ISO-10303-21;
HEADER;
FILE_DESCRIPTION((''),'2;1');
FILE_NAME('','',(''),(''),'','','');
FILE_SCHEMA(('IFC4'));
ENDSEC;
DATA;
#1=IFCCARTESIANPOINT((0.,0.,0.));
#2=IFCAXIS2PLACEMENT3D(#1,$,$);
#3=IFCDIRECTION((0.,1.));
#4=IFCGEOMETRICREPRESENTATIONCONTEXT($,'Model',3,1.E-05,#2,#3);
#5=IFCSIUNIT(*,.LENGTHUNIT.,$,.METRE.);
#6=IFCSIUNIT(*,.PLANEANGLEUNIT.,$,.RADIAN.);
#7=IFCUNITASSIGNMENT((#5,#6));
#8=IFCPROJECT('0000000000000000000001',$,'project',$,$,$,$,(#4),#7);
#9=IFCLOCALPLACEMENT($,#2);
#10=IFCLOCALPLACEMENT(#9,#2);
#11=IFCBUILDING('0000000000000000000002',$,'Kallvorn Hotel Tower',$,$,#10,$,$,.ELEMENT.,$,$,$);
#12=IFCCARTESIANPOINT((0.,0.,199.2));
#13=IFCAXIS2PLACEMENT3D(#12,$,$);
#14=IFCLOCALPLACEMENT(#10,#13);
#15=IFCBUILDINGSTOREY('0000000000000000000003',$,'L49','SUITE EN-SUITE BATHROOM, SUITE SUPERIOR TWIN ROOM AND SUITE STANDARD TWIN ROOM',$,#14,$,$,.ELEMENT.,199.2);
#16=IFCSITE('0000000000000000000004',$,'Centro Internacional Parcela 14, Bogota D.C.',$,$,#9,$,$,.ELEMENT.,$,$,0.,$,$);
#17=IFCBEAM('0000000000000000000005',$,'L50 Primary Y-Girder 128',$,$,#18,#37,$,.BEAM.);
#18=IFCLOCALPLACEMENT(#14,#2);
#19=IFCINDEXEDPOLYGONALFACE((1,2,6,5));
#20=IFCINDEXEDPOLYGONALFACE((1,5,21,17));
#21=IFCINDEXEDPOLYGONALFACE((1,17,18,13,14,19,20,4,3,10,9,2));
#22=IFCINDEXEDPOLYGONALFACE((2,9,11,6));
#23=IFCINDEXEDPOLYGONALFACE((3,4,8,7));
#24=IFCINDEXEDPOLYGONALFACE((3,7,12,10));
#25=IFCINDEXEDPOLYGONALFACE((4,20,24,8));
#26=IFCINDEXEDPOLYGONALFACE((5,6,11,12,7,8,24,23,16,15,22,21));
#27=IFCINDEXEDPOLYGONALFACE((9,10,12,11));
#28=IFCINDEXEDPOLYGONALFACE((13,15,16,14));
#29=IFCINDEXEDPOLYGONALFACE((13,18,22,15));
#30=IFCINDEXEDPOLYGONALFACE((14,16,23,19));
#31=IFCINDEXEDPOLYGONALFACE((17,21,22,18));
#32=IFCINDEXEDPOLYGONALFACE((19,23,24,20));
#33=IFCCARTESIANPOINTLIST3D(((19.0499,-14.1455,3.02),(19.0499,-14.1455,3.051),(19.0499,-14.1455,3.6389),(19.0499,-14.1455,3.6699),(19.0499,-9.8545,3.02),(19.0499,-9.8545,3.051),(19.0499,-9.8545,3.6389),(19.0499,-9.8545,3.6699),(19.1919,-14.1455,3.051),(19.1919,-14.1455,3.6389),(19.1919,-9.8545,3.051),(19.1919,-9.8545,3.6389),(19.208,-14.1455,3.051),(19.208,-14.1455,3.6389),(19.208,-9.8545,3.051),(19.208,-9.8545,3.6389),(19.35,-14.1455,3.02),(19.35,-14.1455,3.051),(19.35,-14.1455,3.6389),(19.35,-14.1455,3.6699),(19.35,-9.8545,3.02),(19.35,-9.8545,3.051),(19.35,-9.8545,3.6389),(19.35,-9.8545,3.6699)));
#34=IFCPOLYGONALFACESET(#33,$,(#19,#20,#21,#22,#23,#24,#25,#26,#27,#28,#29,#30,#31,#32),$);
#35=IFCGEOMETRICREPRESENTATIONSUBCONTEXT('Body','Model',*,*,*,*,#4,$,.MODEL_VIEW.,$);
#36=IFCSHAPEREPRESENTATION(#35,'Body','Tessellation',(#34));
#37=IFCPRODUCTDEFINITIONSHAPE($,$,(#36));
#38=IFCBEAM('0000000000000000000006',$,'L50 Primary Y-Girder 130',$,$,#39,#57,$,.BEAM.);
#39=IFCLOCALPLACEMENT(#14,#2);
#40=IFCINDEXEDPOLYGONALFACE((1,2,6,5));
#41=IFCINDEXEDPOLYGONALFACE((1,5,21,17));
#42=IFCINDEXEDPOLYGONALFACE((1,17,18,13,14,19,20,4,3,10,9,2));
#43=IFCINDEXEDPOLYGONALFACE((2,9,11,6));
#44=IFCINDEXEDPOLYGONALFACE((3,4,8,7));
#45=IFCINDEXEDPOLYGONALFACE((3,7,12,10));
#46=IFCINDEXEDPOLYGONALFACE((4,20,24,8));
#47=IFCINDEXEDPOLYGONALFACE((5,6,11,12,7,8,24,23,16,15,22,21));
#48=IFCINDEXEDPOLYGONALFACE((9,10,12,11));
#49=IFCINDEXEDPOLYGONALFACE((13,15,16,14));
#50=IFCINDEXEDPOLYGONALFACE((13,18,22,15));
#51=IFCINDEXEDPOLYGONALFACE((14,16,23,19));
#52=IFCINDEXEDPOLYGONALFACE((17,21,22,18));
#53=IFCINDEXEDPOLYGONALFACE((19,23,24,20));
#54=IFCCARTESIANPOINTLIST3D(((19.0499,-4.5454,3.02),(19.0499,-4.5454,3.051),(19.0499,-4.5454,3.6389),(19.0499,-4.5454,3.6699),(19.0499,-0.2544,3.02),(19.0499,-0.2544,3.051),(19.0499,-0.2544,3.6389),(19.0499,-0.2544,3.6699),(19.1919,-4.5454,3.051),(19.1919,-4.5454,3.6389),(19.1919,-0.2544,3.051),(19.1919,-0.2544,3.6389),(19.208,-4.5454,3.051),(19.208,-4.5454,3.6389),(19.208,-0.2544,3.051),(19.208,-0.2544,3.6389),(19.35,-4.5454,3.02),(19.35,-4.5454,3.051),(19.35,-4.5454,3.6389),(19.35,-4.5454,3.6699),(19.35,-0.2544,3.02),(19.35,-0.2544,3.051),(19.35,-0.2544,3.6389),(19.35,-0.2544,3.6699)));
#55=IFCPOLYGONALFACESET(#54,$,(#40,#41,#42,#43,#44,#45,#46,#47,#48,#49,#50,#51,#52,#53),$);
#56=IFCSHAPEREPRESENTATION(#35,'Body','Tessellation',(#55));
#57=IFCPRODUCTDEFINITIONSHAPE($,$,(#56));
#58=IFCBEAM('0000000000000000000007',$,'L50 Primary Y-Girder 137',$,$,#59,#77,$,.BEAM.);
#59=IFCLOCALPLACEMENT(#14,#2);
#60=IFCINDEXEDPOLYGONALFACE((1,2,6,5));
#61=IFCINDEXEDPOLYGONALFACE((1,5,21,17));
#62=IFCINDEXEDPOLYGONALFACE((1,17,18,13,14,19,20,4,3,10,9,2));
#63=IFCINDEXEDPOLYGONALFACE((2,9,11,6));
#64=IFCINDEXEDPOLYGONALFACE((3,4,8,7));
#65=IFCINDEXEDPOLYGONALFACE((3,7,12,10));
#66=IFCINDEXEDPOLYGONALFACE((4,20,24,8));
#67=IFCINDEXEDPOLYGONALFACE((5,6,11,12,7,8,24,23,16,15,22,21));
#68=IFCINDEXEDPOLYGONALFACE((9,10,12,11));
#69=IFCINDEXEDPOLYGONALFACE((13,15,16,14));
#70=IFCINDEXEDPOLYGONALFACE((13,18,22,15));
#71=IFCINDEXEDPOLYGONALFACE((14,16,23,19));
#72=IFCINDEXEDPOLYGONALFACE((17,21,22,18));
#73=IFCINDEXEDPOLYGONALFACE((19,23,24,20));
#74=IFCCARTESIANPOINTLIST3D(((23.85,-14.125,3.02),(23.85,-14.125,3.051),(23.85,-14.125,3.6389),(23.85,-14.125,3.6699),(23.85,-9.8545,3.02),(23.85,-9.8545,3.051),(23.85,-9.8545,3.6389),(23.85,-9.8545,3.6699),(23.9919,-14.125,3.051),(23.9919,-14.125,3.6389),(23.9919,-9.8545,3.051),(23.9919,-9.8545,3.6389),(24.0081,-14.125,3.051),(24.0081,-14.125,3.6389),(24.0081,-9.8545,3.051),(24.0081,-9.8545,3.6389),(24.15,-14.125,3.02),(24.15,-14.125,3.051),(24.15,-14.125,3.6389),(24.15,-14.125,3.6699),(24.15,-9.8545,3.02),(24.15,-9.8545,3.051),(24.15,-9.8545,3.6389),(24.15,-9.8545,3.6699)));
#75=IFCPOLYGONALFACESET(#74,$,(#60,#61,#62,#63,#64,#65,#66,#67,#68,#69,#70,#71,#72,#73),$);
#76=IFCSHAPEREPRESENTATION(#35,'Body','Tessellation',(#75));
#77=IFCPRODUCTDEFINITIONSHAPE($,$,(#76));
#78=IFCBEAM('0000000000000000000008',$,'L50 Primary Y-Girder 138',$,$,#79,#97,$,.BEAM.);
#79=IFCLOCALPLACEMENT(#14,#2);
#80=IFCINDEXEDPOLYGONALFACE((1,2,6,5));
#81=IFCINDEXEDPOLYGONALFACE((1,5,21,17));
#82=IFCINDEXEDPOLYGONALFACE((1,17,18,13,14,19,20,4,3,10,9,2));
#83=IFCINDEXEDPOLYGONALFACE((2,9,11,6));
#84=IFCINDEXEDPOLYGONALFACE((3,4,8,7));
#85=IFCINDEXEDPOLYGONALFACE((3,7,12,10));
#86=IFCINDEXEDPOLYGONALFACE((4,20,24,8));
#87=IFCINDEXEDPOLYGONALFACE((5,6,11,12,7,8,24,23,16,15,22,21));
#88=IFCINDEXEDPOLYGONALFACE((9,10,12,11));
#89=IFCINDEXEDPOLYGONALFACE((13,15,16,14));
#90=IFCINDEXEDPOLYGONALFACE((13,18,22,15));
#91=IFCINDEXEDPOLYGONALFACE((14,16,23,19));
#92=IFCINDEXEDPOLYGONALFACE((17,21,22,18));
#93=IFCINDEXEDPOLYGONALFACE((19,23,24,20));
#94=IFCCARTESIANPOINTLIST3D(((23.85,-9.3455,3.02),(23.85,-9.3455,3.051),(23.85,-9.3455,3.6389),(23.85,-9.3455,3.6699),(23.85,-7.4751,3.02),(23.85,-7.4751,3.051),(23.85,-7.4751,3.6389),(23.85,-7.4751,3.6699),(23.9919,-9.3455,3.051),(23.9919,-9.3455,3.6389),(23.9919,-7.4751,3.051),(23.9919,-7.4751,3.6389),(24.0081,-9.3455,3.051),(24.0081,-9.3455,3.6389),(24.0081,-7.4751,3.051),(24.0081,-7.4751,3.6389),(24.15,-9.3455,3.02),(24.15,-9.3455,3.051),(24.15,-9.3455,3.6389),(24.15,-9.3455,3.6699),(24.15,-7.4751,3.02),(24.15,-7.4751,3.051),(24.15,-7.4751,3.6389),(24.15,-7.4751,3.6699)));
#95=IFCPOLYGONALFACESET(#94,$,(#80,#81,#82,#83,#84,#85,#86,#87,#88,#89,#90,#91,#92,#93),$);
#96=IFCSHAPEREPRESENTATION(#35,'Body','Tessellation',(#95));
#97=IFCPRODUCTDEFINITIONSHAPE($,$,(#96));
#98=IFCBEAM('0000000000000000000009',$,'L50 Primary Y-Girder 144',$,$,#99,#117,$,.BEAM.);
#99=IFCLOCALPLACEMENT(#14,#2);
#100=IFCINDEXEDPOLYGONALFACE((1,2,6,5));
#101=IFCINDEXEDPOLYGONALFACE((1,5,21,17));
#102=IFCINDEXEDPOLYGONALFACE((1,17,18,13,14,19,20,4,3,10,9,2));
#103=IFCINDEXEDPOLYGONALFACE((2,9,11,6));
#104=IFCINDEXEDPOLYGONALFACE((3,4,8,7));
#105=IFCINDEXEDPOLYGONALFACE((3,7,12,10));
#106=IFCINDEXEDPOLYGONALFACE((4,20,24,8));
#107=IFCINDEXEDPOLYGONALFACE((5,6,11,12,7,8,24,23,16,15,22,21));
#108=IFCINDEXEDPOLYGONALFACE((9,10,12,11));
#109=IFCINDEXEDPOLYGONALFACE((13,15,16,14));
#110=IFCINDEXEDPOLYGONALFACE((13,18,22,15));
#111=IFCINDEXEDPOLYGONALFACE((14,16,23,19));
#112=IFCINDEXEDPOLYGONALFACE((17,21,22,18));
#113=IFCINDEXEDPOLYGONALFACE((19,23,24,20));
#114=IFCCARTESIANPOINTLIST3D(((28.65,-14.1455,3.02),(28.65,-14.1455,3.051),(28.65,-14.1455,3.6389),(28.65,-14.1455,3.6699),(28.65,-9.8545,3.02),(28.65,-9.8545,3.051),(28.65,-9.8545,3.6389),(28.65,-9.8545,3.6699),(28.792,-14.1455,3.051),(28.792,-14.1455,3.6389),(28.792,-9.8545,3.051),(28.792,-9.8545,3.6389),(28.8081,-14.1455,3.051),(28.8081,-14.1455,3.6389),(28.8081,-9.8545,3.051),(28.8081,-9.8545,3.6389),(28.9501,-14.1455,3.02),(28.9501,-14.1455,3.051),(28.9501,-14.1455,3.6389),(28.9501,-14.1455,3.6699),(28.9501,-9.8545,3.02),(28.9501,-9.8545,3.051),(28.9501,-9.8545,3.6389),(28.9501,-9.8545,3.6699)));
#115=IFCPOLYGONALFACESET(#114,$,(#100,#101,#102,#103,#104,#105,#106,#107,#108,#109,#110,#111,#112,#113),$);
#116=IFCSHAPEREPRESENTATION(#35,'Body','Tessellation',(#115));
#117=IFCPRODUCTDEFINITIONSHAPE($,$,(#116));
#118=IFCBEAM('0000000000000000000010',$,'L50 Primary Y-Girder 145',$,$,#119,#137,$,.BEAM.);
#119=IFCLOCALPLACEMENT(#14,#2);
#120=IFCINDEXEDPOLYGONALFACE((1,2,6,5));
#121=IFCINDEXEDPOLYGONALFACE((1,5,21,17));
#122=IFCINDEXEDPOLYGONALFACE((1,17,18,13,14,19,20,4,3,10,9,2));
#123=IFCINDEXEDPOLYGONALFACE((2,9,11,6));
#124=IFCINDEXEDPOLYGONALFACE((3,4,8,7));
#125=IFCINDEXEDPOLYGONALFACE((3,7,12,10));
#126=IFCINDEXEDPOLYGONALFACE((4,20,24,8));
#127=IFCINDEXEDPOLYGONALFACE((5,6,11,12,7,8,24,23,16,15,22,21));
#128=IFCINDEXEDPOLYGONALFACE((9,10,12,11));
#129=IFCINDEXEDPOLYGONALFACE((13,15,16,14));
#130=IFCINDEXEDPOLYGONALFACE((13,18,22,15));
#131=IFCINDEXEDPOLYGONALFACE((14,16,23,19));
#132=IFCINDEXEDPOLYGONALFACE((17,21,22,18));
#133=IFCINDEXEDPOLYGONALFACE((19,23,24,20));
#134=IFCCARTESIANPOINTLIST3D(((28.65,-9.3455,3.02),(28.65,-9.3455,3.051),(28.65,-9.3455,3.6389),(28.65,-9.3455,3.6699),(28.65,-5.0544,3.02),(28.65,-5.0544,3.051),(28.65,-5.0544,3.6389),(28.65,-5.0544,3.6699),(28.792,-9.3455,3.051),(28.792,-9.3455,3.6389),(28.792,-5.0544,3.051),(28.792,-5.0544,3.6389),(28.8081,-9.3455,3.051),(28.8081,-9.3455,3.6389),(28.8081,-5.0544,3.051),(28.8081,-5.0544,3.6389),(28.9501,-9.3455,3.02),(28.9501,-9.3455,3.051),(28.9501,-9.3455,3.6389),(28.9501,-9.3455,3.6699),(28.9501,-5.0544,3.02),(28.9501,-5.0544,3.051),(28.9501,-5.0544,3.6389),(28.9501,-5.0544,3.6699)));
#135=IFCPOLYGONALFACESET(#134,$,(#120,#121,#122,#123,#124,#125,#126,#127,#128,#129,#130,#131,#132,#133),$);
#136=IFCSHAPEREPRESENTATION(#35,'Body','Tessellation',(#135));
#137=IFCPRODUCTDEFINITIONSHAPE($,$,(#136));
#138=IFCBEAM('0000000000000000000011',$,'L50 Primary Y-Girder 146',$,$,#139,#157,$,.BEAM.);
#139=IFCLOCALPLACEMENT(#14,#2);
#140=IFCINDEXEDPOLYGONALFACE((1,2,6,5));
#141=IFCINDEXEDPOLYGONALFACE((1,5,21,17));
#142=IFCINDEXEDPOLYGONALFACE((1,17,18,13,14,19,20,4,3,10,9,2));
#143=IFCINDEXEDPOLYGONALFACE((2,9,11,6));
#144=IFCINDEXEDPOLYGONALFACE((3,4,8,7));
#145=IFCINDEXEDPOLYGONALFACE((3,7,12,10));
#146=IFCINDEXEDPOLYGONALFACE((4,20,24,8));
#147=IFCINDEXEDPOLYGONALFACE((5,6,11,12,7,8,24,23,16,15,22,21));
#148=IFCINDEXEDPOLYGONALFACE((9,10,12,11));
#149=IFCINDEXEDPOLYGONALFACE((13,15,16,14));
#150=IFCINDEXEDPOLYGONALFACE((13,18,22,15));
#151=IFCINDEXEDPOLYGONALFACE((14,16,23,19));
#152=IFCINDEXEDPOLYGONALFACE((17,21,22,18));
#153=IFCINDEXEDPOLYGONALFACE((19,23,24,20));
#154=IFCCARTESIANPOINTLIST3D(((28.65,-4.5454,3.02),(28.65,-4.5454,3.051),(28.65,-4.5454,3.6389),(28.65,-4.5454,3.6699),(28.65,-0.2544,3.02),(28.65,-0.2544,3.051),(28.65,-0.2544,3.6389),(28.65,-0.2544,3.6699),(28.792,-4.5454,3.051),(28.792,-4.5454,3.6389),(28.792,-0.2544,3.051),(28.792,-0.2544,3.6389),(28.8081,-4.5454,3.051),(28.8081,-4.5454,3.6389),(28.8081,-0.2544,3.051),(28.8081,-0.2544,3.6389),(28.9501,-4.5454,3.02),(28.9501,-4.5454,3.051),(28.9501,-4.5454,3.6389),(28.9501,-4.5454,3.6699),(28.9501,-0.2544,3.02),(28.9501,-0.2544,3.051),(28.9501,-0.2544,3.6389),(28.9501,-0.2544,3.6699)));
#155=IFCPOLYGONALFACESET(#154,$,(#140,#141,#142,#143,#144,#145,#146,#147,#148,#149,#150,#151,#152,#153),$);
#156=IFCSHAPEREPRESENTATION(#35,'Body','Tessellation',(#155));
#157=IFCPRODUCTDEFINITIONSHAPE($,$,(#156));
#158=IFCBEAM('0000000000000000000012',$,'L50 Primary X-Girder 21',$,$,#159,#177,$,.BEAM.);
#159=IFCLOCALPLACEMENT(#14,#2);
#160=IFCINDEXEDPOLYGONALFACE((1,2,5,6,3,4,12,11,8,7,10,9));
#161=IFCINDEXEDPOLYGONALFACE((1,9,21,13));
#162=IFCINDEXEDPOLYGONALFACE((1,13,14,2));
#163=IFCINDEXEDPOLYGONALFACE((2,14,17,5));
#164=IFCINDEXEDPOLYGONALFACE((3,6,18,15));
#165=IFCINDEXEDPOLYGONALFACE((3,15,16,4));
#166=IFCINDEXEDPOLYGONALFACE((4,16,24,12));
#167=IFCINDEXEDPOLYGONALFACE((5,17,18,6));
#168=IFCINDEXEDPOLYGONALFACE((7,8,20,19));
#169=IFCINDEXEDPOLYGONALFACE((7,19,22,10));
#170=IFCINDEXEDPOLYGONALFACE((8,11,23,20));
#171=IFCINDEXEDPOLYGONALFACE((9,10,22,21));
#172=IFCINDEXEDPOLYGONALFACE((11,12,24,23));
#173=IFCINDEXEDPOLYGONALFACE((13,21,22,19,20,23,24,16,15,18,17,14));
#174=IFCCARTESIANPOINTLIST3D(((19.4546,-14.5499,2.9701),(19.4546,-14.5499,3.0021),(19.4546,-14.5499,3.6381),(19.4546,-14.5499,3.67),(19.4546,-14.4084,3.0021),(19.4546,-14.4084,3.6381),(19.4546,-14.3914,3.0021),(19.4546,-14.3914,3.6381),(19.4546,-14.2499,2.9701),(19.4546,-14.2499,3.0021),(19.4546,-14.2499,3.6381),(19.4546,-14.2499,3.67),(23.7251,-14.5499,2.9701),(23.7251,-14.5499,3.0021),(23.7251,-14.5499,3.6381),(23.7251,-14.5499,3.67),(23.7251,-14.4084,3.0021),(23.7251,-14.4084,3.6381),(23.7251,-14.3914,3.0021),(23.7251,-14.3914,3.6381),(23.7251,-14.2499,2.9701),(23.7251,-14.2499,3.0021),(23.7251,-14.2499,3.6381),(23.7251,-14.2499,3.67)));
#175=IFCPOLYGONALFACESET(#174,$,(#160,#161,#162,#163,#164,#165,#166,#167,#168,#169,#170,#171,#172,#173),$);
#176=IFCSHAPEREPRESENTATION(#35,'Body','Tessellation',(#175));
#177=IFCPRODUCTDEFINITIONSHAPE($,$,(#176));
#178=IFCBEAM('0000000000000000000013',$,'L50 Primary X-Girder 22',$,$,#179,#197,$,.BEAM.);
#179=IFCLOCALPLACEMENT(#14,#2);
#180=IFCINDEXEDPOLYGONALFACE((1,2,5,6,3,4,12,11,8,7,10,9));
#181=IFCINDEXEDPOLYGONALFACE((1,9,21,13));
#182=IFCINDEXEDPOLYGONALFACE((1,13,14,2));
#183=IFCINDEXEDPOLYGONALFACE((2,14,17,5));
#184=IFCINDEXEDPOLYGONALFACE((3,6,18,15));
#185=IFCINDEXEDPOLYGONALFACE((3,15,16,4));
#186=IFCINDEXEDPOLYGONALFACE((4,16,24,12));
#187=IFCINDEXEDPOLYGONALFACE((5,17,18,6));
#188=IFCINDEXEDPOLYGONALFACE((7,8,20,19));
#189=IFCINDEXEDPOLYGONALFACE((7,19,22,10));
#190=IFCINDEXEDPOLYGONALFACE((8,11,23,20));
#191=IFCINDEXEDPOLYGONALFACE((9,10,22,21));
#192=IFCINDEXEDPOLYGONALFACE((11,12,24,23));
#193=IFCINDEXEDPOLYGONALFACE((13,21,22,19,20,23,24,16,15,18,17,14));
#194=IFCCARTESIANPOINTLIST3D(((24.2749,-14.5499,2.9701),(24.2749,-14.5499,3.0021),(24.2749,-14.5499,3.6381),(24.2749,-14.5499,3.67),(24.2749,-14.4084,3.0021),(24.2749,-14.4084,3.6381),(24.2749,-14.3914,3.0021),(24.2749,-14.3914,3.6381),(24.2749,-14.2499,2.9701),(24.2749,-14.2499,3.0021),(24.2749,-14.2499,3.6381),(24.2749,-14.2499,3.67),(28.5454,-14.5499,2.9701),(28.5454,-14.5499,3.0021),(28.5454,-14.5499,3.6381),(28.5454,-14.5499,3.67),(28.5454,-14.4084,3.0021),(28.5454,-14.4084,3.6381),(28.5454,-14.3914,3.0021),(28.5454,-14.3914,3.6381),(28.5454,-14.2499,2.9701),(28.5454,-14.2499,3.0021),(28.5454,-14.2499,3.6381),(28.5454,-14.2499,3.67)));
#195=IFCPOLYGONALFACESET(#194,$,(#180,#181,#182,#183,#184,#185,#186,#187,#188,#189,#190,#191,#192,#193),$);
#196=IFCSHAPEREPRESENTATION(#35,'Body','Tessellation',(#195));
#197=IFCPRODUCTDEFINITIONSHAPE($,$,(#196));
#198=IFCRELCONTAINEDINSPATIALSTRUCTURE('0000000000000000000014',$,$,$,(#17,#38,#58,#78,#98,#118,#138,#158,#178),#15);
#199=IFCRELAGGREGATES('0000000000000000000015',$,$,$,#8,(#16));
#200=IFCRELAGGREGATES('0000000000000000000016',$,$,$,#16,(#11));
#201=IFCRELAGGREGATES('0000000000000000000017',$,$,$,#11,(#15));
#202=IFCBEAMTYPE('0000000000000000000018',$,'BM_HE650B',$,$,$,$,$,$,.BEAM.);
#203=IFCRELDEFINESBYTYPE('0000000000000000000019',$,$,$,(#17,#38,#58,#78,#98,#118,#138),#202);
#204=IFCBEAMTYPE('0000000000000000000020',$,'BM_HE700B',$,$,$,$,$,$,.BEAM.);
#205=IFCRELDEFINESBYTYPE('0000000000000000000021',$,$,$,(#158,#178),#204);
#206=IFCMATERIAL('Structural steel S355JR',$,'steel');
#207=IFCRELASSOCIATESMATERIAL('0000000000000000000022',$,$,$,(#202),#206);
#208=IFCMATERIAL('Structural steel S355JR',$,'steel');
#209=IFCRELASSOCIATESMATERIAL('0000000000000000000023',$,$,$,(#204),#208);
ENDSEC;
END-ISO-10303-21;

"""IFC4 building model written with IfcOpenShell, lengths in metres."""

from ifc_helpers import new_model, si_unit, direction, frame, origin, origin_2d, place, context, subcontext, project, spatial, i_section, extrude, material, material_profile, profile_set, type_object, element, save


model = new_model("IFC4")

# Units and contexts
model_context = context("Model", 3, precision=1e-05, world=origin(), true_north=direction((0.0, 1.0)))
body_context = subcontext(model_context, "Body", "Model", "MODEL_VIEW")
ifc_project = project(units=[si_unit("LENGTHUNIT", "METRE"), si_unit("PLANEANGLEUNIT", "RADIAN")], contexts=[model_context])

# Site, building, storey
site_placement = place(None, origin())
site = spatial("IfcSite", under=ifc_project, at=site_placement, Name="Centro Internacional Parcela 14, Bogota D.C.", CompositionType="ELEMENT", RefElevation=0.0)
building_placement = place(site_placement, origin())
building = spatial("IfcBuilding", under=site, at=building_placement, Name="Kallvorn Hotel Tower", CompositionType="ELEMENT")
storey_placement = place(building_placement, frame((0.0, 0.0, 199.2)))
storey = spatial("IfcBuildingStorey", under=building, at=storey_placement, Name="L49", Description="SUITE EN-SUITE BATHROOM, SUITE SUPERIOR TWIN ROOM AND SUITE STANDARD TWIN ROOM", CompositionType="ELEMENT", Elevation=199.2)

# Beams
ifc_material_1 = material(Name="Structural steel S355JR", Category="steel")
ifc_material_profile_1 = material_profile(ifc_material_1, i_section(OverallWidth=0.3, OverallDepth=0.6499, WebThickness=0.0161, FlangeThickness=0.031, at=origin_2d()), Name="HE 650 B")
ifc_profile_set_1 = profile_set([ifc_material_profile_1], Name="Structural steel S355JR")
beam_type_1 = type_object("IfcBeamType", Name="BM_HE650B", PredefinedType="BEAM", material=ifc_profile_set_1)
for number, where, z_axis, x_axis, name in (
    (1, (19.2, -14.1455, 3.345), (0.0, 1.0, 0.0), (-1.0, 0.0, 0.0), "L50 Primary Y-Girder 128"),
    (2, (19.2, -4.5454, 3.345), (0.0, 1.0, 0.0), (-1.0, 0.0, 0.0), "L50 Primary Y-Girder 130"),
):
    element("IfcBeam", number, at=place(storey_placement, frame(where, z_axis=z_axis, x_axis=x_axis)), inside=storey, type_object=beam_type_1, Name=name, PredefinedType="BEAM", context=body_context, shape_type="SweptSolid", body=[
        extrude(i_section(OverallWidth=0.3, OverallDepth=0.6499, WebThickness=0.0161, FlangeThickness=0.031, at=origin_2d()), origin(), (0.0, 0.0, 1.0), 4.291),
    ])
beam_1_placement = place(storey_placement, frame((24.0, -14.125, 3.345), z_axis=(0.0, 1.0, 0.0), x_axis=(-1.0, 0.0, 0.0)))
element("IfcBeam", 3, at=beam_1_placement, inside=storey, type_object=beam_type_1, Name="L50 Primary Y-Girder 137", PredefinedType="BEAM", context=body_context, shape_type="SweptSolid", body=[
    extrude(i_section(OverallWidth=0.3, OverallDepth=0.6499, WebThickness=0.0161, FlangeThickness=0.031, at=origin_2d()), origin(), (0.0, 0.0, 1.0), 4.2705),
])
beam_2_placement = place(storey_placement, frame((24.0, -9.3455, 3.345), z_axis=(0.0, 1.0, 0.0), x_axis=(-1.0, 0.0, 0.0)))
element("IfcBeam", 4, at=beam_2_placement, inside=storey, type_object=beam_type_1, Name="L50 Primary Y-Girder 138", PredefinedType="BEAM", context=body_context, shape_type="SweptSolid", body=[
    extrude(i_section(OverallWidth=0.3, OverallDepth=0.6499, WebThickness=0.0161, FlangeThickness=0.031, at=origin_2d()), origin(), (0.0, 0.0, 1.0), 1.8704),
])
for number, where, z_axis, x_axis, name in (
    (5, (28.8, -14.1455, 3.345), (0.0, 1.0, 0.0), (-1.0, 0.0, 0.0), "L50 Primary Y-Girder 144"),
    (6, (28.8, -9.3455, 3.345), (0.0, 1.0, 0.0), (-1.0, 0.0, 0.0), "L50 Primary Y-Girder 145"),
    (7, (28.8, -4.5454, 3.345), (0.0, 1.0, 0.0), (-1.0, 0.0, 0.0), "L50 Primary Y-Girder 146"),
):
    element("IfcBeam", number, at=place(storey_placement, frame(where, z_axis=z_axis, x_axis=x_axis)), inside=storey, type_object=beam_type_1, Name=name, PredefinedType="BEAM", context=body_context, shape_type="SweptSolid", body=[
        extrude(i_section(OverallWidth=0.3, OverallDepth=0.6499, WebThickness=0.0161, FlangeThickness=0.031, at=origin_2d()), origin(), (0.0, 0.0, 1.0), 4.291),
    ])
ifc_material_2 = material(Name="Structural steel S355JR", Category="steel")
ifc_material_profile_2 = material_profile(ifc_material_2, i_section(OverallWidth=0.3, OverallDepth=0.7, WebThickness=0.0171, FlangeThickness=0.032, at=origin_2d()), Name="HE 700 B")
ifc_profile_set_2 = profile_set([ifc_material_profile_2], Name="Structural steel S355JR")
beam_type_2 = type_object("IfcBeamType", Name="BM_HE700B", PredefinedType="BEAM", material=ifc_profile_set_2)
for number, where, z_axis, x_axis, name in (
    (8, (19.4546, -14.3999, 3.3201), (1.0, 0.0, 0.0), (0.0, 1.0, 0.0), "L50 Primary X-Girder 21"),
    (9, (24.2749, -14.3999, 3.3201), (1.0, 0.0, 0.0), (0.0, 1.0, 0.0), "L50 Primary X-Girder 22"),
):
    element("IfcBeam", number, at=place(storey_placement, frame(where, z_axis=z_axis, x_axis=x_axis)), inside=storey, type_object=beam_type_2, Name=name, PredefinedType="BEAM", context=body_context, shape_type="SweptSolid", body=[
        extrude(i_section(OverallWidth=0.3, OverallDepth=0.7, WebThickness=0.0171, FlangeThickness=0.032, at=origin_2d()), origin(), (0.0, 0.0, 1.0), 4.2705),
    ])

save(model, "model.ifc")
